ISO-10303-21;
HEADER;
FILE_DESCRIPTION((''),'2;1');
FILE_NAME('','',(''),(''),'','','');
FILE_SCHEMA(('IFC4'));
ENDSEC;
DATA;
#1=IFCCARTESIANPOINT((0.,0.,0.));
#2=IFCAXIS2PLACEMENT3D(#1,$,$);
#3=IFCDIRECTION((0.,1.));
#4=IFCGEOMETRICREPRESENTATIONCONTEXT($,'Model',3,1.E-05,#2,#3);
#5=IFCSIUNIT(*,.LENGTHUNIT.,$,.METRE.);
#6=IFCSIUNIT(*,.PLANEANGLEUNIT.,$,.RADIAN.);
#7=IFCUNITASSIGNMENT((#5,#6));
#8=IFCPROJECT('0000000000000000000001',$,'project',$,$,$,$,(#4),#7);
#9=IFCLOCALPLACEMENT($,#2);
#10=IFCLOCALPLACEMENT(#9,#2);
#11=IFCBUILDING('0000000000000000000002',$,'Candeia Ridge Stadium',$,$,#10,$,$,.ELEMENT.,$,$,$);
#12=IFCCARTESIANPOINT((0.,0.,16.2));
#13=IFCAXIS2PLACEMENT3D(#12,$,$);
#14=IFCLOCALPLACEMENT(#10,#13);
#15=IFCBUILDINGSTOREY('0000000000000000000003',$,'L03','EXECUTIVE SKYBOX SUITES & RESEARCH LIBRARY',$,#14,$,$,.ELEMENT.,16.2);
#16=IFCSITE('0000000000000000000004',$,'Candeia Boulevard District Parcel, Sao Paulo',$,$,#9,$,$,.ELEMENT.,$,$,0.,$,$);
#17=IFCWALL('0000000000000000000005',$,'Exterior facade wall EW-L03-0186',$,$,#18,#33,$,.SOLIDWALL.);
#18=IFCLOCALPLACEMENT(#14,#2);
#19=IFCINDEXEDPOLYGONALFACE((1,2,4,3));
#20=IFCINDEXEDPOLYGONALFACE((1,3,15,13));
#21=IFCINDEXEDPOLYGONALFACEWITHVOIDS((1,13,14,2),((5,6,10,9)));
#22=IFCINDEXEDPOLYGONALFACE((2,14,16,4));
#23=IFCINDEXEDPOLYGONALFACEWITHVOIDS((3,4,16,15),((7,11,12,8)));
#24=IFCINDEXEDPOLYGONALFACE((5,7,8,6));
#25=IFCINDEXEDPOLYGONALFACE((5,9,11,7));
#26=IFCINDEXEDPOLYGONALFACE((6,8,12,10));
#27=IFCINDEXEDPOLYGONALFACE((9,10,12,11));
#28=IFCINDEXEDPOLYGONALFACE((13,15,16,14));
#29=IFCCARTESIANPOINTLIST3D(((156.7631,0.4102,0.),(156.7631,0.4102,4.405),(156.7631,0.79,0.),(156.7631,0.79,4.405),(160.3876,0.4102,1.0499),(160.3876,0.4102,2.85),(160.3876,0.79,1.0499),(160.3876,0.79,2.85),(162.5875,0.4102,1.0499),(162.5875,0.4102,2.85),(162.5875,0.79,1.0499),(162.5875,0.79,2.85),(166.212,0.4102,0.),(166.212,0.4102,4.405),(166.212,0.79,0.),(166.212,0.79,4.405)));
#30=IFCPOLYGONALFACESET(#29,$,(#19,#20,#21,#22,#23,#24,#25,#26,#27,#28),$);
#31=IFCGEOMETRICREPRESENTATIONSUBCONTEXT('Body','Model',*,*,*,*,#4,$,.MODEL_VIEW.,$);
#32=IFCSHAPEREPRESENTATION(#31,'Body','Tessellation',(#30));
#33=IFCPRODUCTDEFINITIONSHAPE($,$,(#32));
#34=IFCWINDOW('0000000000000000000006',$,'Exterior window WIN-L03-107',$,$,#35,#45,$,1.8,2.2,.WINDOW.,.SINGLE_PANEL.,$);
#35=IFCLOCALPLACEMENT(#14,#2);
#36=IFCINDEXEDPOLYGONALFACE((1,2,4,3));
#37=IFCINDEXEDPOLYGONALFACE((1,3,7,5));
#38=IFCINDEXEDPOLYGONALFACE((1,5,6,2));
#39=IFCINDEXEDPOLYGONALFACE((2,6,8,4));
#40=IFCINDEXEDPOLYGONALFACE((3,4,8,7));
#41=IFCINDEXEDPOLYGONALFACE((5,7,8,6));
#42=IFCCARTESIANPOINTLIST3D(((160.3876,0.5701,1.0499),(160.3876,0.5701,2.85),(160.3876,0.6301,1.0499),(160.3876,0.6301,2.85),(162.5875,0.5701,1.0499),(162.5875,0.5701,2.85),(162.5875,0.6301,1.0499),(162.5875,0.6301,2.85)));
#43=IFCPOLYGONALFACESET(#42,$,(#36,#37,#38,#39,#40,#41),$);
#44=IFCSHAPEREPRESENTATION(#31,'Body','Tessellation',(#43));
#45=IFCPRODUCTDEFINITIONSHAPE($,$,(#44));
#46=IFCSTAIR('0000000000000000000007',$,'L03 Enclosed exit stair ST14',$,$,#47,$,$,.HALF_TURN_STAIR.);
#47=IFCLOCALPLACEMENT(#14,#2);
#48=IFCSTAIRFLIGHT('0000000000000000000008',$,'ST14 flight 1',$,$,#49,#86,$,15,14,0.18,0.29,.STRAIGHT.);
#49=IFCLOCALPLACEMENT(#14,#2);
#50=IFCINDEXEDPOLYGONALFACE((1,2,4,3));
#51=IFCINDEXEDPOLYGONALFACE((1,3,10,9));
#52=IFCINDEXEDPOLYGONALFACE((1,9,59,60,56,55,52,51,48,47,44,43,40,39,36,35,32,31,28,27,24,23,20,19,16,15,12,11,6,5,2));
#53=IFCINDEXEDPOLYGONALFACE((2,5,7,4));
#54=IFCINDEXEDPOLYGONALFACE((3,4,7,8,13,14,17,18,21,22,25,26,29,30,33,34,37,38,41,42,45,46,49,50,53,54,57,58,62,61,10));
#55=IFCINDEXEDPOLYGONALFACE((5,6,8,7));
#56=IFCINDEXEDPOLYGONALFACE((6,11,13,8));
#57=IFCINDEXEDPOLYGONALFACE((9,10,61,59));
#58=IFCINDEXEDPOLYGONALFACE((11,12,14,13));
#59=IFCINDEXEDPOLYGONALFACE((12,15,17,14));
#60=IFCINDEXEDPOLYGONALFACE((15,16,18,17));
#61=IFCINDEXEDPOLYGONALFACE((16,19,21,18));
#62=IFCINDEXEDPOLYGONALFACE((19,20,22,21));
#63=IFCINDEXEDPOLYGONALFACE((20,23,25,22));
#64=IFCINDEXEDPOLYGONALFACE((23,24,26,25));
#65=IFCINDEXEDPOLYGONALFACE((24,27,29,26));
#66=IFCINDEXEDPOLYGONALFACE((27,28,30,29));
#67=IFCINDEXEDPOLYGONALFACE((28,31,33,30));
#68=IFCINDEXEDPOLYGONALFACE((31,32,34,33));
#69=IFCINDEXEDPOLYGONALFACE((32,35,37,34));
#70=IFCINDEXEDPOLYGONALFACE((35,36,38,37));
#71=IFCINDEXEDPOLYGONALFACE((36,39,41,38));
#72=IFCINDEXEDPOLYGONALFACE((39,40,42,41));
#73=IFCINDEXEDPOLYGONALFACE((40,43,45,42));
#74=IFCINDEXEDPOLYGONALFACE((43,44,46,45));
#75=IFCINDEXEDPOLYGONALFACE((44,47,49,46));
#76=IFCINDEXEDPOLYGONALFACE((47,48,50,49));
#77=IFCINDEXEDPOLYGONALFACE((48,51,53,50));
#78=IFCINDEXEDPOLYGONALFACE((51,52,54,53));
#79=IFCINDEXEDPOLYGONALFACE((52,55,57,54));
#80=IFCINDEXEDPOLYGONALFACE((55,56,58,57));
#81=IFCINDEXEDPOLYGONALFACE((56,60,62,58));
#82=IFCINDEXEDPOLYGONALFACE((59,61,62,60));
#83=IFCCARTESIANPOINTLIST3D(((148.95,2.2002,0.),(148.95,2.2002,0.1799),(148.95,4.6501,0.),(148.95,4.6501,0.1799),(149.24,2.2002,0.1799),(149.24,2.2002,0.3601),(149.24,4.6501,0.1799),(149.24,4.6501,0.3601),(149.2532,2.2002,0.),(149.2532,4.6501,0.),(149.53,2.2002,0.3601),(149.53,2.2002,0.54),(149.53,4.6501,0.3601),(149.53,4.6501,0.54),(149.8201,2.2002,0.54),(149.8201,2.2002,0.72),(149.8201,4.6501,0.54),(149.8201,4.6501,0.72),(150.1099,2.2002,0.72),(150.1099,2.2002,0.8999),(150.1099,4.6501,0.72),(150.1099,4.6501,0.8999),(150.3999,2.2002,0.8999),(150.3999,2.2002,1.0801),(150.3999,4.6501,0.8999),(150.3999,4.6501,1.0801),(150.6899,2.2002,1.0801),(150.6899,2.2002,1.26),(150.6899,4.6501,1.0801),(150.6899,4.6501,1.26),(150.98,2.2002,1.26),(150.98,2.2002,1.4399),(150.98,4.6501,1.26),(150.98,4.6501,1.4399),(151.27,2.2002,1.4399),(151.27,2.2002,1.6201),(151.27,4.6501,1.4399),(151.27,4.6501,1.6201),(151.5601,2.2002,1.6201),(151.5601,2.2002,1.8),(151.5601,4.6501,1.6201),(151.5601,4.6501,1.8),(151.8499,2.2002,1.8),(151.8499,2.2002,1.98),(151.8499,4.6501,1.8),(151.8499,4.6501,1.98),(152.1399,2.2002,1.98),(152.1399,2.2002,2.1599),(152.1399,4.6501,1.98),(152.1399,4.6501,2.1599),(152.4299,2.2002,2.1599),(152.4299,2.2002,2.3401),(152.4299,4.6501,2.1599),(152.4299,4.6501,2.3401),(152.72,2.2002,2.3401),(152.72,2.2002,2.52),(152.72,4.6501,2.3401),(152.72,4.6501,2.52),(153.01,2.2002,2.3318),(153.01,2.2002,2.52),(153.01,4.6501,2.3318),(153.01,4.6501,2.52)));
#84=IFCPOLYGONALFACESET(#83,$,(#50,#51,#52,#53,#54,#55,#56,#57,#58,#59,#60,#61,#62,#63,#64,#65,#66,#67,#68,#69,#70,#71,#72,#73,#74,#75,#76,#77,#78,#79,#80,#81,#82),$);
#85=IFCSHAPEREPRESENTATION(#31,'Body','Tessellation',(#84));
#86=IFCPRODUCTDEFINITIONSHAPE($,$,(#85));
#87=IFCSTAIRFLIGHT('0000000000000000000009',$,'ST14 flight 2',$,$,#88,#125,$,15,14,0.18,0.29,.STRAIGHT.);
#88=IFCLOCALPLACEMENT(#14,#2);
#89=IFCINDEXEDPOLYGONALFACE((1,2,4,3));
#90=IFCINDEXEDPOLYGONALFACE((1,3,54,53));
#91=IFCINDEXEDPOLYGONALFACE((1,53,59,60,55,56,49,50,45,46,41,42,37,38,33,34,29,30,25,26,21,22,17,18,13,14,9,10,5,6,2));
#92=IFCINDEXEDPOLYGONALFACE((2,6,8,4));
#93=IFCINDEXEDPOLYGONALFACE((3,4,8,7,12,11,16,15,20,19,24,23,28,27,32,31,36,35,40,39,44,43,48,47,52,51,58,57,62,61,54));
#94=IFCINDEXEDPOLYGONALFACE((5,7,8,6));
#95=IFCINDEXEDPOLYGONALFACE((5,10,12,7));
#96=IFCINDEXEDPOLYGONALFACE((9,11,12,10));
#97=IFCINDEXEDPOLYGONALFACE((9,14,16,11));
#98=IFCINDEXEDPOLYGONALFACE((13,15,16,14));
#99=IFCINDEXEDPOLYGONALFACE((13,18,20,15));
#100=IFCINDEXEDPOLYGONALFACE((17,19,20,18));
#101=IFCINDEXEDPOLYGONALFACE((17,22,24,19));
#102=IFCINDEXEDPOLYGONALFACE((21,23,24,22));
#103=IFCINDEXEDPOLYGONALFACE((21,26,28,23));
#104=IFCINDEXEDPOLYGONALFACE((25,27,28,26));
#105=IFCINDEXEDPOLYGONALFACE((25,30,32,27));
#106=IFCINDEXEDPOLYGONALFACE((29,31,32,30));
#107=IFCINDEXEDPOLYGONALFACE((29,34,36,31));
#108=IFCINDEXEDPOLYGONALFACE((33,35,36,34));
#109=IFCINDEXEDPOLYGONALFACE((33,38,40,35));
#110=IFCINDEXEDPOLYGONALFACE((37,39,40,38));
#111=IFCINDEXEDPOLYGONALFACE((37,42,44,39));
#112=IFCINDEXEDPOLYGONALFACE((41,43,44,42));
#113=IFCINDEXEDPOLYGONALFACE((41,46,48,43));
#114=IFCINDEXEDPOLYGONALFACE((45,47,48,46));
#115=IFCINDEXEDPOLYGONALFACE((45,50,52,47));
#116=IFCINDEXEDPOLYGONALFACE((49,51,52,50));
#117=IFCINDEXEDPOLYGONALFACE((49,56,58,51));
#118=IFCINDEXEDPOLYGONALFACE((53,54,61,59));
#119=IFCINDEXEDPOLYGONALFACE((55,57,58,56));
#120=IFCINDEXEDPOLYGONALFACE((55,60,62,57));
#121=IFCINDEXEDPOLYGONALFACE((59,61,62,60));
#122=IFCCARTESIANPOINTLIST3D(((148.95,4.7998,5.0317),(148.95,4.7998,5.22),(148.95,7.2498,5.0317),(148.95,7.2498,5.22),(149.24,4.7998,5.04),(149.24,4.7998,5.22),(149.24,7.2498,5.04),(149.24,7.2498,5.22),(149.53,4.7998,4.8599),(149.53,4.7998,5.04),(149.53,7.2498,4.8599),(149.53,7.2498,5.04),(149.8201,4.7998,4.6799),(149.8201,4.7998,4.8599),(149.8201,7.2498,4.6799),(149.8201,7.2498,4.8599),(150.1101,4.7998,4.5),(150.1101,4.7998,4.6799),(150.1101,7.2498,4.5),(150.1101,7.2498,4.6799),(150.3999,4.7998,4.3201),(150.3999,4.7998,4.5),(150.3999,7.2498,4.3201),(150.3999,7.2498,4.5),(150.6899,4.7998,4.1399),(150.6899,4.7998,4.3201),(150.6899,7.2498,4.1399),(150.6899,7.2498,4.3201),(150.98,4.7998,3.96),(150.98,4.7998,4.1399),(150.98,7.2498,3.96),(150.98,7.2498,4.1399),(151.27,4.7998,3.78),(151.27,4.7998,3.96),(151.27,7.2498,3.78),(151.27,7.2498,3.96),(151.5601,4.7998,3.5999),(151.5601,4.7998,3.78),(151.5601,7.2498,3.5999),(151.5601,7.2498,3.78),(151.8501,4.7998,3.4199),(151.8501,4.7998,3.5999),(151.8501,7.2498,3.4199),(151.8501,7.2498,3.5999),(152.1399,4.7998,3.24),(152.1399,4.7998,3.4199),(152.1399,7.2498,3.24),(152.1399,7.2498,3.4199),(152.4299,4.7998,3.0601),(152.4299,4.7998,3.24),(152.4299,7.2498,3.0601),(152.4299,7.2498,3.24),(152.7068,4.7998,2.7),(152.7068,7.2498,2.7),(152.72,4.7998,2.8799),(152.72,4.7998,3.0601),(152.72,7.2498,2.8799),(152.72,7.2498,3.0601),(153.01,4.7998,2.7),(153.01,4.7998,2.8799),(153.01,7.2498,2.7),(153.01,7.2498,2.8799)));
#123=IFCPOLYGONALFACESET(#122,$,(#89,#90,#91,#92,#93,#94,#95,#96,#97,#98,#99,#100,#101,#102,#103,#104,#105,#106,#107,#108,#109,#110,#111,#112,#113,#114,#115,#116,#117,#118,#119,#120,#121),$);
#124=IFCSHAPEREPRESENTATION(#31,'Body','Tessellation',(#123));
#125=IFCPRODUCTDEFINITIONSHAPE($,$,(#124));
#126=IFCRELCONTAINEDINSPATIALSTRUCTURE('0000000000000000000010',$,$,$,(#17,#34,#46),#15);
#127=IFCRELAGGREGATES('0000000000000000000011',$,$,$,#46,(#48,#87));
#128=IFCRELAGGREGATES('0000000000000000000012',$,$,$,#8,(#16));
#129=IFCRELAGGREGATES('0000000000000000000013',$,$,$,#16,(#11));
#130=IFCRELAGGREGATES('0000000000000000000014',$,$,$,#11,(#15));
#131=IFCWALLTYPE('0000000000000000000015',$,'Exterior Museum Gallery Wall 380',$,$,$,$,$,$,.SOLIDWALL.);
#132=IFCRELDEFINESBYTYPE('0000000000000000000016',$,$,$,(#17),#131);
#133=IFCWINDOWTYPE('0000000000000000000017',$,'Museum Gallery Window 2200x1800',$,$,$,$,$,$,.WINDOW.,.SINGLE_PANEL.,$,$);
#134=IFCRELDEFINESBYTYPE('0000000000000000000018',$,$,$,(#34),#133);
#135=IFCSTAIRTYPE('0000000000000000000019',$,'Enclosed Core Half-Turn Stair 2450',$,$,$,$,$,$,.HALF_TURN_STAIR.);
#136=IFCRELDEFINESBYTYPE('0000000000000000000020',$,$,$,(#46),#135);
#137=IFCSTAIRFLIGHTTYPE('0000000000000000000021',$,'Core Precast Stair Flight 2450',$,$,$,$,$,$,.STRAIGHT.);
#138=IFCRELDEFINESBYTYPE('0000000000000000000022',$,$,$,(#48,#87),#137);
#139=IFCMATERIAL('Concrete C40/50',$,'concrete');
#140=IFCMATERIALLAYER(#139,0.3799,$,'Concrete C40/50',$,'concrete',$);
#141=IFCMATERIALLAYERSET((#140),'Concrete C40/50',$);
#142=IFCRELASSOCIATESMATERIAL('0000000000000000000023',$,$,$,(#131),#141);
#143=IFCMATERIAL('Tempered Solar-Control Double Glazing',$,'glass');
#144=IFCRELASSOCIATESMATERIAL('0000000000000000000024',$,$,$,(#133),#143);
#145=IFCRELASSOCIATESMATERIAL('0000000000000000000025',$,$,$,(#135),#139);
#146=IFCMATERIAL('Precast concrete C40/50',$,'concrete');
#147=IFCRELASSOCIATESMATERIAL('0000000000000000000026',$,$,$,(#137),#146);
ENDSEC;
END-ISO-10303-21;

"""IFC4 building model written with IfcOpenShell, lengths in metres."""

from ifc_helpers import new_model, si_unit, direction, frame, frame_2d, origin, place, context, subcontext, project, spatial, polyline, rectangle, outline, extrude, material, layer, layer_set, type_object, element, fill, aggregate, save


model = new_model("IFC4")

# Units and contexts
model_context = context("Model", 3, precision=1e-05, world=origin(), true_north=direction((0.0, 1.0)))
body_context = subcontext(model_context, "Body", "Model", "MODEL_VIEW")
ifc_project = project(units=[si_unit("LENGTHUNIT", "METRE"), si_unit("PLANEANGLEUNIT", "RADIAN")], contexts=[model_context])

# Site, building, storey
site_placement = place(None, origin())
site = spatial("IfcSite", under=ifc_project, at=site_placement, Name="Candeia Boulevard District Parcel, Sao Paulo", CompositionType="ELEMENT", RefElevation=0.0)
building_placement = place(site_placement, origin())
building = spatial("IfcBuilding", under=site, at=building_placement, Name="Candeia Ridge Stadium", CompositionType="ELEMENT")
storey_placement = place(building_placement, frame((0.0, 0.0, 16.2)))
storey = spatial("IfcBuildingStorey", under=building, at=storey_placement, Name="L03", Description="EXECUTIVE SKYBOX SUITES & RESEARCH LIBRARY", CompositionType="ELEMENT", Elevation=16.2)

# Shared definitions
ifc_material_1 = material(Name="Concrete C40/50", Category="concrete")

# Wall, opening, window
ifc_layer_1 = layer(ifc_material_1, 0.3799, Name="Concrete C40/50", Category="concrete")
ifc_layer_set_1 = layer_set([ifc_layer_1], Name="Concrete C40/50")
wall_type_1 = type_object("IfcWallType", Name="Exterior Museum Gallery Wall 380", PredefinedType="SOLIDWALL", material=ifc_layer_set_1)
wall_1_placement = place(storey_placement, frame((156.7629, 0.6001, 0.0), z_axis=(0.0, 0.0, 1.0), x_axis=(1.0, 0.0, 0.0)))
wall_1 = element("IfcWall", 1, at=wall_1_placement, inside=storey, type_object=wall_type_1, Name="Exterior facade wall EW-L03-0186", PredefinedType="SOLIDWALL", context=body_context, shape_type="SweptSolid", body=[
    extrude(rectangle(XDim=9.449, YDim=0.3799, at=frame_2d((4.7246, 0.0))), origin(), (0.0, 0.0, 1.0), 4.405),
])
opening_placement = place(wall_1_placement, frame((3.6245, 0.0, 1.05)))
opening = element("IfcOpeningElement", 2, at=opening_placement, cuts=wall_1, PredefinedType="OPENING", context=body_context, shape_type="SweptSolid", body=[
    extrude(rectangle(XDim=2.2, YDim=1.8, at=frame_2d((1.1001, 0.8999))), frame((0.0, 0.2, 0.0), z_axis=(0.0, -1.0, 0.0), x_axis=(1.0, 0.0, 0.0)), (0.0, 0.0, 1.0), 0.3999),
])
ifc_material_2 = material(Name="Tempered Solar-Control Double Glazing", Category="glass")
window_type = type_object("IfcWindowType", Name="Museum Gallery Window 2200x1800", PartitioningType="SINGLE_PANEL", PredefinedType="WINDOW", material=ifc_material_2)
window_placement = place(opening_placement, origin())
window = element("IfcWindow", 3, at=window_placement, inside=storey, type_object=window_type, Name="Exterior window WIN-L03-107", OverallHeight=1.8, OverallWidth=2.2, PartitioningType="SINGLE_PANEL", PredefinedType="WINDOW", context=body_context, shape_type="SweptSolid", body=[
    extrude(rectangle(XDim=2.2, YDim=1.8, at=frame_2d((1.1001, 0.8999))), frame((0.0, 0.03, 0.0), z_axis=(0.0, -1.0, 0.0), x_axis=(1.0, 0.0, 0.0)), (0.0, 0.0, 1.0), 0.0601),
])
fill(opening, window)

# Stair, stair flights
stair_type = type_object("IfcStairType", Name="Enclosed Core Half-Turn Stair 2450", PredefinedType="HALF_TURN_STAIR", material=ifc_material_1)
stair_placement = place(storey_placement, origin())
stair = element("IfcStair", 4, at=stair_placement, inside=storey, type_object=stair_type, Name="L03 Enclosed exit stair ST14", PredefinedType="HALF_TURN_STAIR")
ifc_material_3 = material(Name="Precast concrete C40/50", Category="concrete")
stair_flight_type = type_object("IfcStairFlightType", Name="Core Precast Stair Flight 2450", PredefinedType="STRAIGHT", material=ifc_material_3)
stair_flight_1_placement = place(storey_placement, frame((148.95, 3.425, 0.0), z_axis=(0.0, 0.0, 1.0), x_axis=(1.0, 0.0, 0.0)))
stair_flight_1 = element("IfcStairFlight", 5, at=stair_flight_1_placement, type_object=stair_flight_type, Name="ST14 flight 1", NumberOfRisers=15, NumberOfTreads=14, PredefinedType="STRAIGHT", RiserHeight=0.18, TreadLength=0.29, context=body_context, shape_type="SweptSolid", body=[
    extrude(outline(polyline([(0.0, 0.0), (0.0, 0.1799), (0.29, 0.1799), (0.29, 0.3601), (0.5801, 0.3601), (0.5801, 0.54), (0.8701, 0.54), (0.8701, 0.72), (1.1599, 0.72), (1.1599, 0.8999), (1.45, 0.8999), (1.45, 1.0801), (1.74, 1.0801), (1.74, 1.26), (2.03, 1.26), (2.03, 1.4399), (2.3201, 1.4399), (2.3201, 1.6201), (2.6101, 1.6201), (2.6101, 1.8), (2.8999, 1.8), (2.8999, 1.98), (3.1899, 1.98), (3.1899, 2.1599), (3.48, 2.1599), (3.48, 2.3401), (3.77, 2.3401), (3.77, 2.52), (4.0601, 2.52), (4.0601, 2.7), (4.0601, 2.3318), (0.3032, 0.0), (0.0, 0.0)])), frame((0.0, 1.2251, 0.0), z_axis=(0.0, -1.0, 0.0), x_axis=(1.0, 0.0, 0.0)), (0.0, 0.0, 1.0), 2.45),
])
stair_flight_2_placement = place(storey_placement, frame((153.01, 6.0249, 2.7), z_axis=(0.0, 0.0, 1.0), x_axis=(-1.0, 0.0, 0.0)))
stair_flight_2 = element("IfcStairFlight", 6, at=stair_flight_2_placement, type_object=stair_flight_type, Name="ST14 flight 2", NumberOfRisers=15, NumberOfTreads=14, PredefinedType="STRAIGHT", RiserHeight=0.18, TreadLength=0.29, context=body_context, shape_type="SweptSolid", body=[
    extrude(outline(polyline([(0.0, 0.0), (0.0, 0.1799), (0.29, 0.1799), (0.29, 0.3601), (0.5801, 0.3601), (0.5801, 0.54), (0.8701, 0.54), (0.8701, 0.72), (1.1599, 0.72), (1.1599, 0.8999), (1.45, 0.8999), (1.45, 1.0801), (1.74, 1.0801), (1.74, 1.26), (2.03, 1.26), (2.03, 1.4399), (2.3201, 1.4399), (2.3201, 1.6201), (2.6101, 1.6201), (2.6101, 1.8), (2.8999, 1.8), (2.8999, 1.98), (3.1899, 1.98), (3.1899, 2.1599), (3.48, 2.1599), (3.48, 2.3401), (3.77, 2.3401), (3.77, 2.52), (4.0601, 2.52), (4.0601, 2.7), (4.0601, 2.3318), (0.3032, 0.0), (0.0, 0.0)])), frame((0.0, 1.2251, 0.0), z_axis=(0.0, -1.0, 0.0), x_axis=(1.0, 0.0, 0.0)), (0.0, 0.0, 1.0), 2.45),
])
aggregate(stair, [stair_flight_1, stair_flight_2])

save(model, "model.ifc")
